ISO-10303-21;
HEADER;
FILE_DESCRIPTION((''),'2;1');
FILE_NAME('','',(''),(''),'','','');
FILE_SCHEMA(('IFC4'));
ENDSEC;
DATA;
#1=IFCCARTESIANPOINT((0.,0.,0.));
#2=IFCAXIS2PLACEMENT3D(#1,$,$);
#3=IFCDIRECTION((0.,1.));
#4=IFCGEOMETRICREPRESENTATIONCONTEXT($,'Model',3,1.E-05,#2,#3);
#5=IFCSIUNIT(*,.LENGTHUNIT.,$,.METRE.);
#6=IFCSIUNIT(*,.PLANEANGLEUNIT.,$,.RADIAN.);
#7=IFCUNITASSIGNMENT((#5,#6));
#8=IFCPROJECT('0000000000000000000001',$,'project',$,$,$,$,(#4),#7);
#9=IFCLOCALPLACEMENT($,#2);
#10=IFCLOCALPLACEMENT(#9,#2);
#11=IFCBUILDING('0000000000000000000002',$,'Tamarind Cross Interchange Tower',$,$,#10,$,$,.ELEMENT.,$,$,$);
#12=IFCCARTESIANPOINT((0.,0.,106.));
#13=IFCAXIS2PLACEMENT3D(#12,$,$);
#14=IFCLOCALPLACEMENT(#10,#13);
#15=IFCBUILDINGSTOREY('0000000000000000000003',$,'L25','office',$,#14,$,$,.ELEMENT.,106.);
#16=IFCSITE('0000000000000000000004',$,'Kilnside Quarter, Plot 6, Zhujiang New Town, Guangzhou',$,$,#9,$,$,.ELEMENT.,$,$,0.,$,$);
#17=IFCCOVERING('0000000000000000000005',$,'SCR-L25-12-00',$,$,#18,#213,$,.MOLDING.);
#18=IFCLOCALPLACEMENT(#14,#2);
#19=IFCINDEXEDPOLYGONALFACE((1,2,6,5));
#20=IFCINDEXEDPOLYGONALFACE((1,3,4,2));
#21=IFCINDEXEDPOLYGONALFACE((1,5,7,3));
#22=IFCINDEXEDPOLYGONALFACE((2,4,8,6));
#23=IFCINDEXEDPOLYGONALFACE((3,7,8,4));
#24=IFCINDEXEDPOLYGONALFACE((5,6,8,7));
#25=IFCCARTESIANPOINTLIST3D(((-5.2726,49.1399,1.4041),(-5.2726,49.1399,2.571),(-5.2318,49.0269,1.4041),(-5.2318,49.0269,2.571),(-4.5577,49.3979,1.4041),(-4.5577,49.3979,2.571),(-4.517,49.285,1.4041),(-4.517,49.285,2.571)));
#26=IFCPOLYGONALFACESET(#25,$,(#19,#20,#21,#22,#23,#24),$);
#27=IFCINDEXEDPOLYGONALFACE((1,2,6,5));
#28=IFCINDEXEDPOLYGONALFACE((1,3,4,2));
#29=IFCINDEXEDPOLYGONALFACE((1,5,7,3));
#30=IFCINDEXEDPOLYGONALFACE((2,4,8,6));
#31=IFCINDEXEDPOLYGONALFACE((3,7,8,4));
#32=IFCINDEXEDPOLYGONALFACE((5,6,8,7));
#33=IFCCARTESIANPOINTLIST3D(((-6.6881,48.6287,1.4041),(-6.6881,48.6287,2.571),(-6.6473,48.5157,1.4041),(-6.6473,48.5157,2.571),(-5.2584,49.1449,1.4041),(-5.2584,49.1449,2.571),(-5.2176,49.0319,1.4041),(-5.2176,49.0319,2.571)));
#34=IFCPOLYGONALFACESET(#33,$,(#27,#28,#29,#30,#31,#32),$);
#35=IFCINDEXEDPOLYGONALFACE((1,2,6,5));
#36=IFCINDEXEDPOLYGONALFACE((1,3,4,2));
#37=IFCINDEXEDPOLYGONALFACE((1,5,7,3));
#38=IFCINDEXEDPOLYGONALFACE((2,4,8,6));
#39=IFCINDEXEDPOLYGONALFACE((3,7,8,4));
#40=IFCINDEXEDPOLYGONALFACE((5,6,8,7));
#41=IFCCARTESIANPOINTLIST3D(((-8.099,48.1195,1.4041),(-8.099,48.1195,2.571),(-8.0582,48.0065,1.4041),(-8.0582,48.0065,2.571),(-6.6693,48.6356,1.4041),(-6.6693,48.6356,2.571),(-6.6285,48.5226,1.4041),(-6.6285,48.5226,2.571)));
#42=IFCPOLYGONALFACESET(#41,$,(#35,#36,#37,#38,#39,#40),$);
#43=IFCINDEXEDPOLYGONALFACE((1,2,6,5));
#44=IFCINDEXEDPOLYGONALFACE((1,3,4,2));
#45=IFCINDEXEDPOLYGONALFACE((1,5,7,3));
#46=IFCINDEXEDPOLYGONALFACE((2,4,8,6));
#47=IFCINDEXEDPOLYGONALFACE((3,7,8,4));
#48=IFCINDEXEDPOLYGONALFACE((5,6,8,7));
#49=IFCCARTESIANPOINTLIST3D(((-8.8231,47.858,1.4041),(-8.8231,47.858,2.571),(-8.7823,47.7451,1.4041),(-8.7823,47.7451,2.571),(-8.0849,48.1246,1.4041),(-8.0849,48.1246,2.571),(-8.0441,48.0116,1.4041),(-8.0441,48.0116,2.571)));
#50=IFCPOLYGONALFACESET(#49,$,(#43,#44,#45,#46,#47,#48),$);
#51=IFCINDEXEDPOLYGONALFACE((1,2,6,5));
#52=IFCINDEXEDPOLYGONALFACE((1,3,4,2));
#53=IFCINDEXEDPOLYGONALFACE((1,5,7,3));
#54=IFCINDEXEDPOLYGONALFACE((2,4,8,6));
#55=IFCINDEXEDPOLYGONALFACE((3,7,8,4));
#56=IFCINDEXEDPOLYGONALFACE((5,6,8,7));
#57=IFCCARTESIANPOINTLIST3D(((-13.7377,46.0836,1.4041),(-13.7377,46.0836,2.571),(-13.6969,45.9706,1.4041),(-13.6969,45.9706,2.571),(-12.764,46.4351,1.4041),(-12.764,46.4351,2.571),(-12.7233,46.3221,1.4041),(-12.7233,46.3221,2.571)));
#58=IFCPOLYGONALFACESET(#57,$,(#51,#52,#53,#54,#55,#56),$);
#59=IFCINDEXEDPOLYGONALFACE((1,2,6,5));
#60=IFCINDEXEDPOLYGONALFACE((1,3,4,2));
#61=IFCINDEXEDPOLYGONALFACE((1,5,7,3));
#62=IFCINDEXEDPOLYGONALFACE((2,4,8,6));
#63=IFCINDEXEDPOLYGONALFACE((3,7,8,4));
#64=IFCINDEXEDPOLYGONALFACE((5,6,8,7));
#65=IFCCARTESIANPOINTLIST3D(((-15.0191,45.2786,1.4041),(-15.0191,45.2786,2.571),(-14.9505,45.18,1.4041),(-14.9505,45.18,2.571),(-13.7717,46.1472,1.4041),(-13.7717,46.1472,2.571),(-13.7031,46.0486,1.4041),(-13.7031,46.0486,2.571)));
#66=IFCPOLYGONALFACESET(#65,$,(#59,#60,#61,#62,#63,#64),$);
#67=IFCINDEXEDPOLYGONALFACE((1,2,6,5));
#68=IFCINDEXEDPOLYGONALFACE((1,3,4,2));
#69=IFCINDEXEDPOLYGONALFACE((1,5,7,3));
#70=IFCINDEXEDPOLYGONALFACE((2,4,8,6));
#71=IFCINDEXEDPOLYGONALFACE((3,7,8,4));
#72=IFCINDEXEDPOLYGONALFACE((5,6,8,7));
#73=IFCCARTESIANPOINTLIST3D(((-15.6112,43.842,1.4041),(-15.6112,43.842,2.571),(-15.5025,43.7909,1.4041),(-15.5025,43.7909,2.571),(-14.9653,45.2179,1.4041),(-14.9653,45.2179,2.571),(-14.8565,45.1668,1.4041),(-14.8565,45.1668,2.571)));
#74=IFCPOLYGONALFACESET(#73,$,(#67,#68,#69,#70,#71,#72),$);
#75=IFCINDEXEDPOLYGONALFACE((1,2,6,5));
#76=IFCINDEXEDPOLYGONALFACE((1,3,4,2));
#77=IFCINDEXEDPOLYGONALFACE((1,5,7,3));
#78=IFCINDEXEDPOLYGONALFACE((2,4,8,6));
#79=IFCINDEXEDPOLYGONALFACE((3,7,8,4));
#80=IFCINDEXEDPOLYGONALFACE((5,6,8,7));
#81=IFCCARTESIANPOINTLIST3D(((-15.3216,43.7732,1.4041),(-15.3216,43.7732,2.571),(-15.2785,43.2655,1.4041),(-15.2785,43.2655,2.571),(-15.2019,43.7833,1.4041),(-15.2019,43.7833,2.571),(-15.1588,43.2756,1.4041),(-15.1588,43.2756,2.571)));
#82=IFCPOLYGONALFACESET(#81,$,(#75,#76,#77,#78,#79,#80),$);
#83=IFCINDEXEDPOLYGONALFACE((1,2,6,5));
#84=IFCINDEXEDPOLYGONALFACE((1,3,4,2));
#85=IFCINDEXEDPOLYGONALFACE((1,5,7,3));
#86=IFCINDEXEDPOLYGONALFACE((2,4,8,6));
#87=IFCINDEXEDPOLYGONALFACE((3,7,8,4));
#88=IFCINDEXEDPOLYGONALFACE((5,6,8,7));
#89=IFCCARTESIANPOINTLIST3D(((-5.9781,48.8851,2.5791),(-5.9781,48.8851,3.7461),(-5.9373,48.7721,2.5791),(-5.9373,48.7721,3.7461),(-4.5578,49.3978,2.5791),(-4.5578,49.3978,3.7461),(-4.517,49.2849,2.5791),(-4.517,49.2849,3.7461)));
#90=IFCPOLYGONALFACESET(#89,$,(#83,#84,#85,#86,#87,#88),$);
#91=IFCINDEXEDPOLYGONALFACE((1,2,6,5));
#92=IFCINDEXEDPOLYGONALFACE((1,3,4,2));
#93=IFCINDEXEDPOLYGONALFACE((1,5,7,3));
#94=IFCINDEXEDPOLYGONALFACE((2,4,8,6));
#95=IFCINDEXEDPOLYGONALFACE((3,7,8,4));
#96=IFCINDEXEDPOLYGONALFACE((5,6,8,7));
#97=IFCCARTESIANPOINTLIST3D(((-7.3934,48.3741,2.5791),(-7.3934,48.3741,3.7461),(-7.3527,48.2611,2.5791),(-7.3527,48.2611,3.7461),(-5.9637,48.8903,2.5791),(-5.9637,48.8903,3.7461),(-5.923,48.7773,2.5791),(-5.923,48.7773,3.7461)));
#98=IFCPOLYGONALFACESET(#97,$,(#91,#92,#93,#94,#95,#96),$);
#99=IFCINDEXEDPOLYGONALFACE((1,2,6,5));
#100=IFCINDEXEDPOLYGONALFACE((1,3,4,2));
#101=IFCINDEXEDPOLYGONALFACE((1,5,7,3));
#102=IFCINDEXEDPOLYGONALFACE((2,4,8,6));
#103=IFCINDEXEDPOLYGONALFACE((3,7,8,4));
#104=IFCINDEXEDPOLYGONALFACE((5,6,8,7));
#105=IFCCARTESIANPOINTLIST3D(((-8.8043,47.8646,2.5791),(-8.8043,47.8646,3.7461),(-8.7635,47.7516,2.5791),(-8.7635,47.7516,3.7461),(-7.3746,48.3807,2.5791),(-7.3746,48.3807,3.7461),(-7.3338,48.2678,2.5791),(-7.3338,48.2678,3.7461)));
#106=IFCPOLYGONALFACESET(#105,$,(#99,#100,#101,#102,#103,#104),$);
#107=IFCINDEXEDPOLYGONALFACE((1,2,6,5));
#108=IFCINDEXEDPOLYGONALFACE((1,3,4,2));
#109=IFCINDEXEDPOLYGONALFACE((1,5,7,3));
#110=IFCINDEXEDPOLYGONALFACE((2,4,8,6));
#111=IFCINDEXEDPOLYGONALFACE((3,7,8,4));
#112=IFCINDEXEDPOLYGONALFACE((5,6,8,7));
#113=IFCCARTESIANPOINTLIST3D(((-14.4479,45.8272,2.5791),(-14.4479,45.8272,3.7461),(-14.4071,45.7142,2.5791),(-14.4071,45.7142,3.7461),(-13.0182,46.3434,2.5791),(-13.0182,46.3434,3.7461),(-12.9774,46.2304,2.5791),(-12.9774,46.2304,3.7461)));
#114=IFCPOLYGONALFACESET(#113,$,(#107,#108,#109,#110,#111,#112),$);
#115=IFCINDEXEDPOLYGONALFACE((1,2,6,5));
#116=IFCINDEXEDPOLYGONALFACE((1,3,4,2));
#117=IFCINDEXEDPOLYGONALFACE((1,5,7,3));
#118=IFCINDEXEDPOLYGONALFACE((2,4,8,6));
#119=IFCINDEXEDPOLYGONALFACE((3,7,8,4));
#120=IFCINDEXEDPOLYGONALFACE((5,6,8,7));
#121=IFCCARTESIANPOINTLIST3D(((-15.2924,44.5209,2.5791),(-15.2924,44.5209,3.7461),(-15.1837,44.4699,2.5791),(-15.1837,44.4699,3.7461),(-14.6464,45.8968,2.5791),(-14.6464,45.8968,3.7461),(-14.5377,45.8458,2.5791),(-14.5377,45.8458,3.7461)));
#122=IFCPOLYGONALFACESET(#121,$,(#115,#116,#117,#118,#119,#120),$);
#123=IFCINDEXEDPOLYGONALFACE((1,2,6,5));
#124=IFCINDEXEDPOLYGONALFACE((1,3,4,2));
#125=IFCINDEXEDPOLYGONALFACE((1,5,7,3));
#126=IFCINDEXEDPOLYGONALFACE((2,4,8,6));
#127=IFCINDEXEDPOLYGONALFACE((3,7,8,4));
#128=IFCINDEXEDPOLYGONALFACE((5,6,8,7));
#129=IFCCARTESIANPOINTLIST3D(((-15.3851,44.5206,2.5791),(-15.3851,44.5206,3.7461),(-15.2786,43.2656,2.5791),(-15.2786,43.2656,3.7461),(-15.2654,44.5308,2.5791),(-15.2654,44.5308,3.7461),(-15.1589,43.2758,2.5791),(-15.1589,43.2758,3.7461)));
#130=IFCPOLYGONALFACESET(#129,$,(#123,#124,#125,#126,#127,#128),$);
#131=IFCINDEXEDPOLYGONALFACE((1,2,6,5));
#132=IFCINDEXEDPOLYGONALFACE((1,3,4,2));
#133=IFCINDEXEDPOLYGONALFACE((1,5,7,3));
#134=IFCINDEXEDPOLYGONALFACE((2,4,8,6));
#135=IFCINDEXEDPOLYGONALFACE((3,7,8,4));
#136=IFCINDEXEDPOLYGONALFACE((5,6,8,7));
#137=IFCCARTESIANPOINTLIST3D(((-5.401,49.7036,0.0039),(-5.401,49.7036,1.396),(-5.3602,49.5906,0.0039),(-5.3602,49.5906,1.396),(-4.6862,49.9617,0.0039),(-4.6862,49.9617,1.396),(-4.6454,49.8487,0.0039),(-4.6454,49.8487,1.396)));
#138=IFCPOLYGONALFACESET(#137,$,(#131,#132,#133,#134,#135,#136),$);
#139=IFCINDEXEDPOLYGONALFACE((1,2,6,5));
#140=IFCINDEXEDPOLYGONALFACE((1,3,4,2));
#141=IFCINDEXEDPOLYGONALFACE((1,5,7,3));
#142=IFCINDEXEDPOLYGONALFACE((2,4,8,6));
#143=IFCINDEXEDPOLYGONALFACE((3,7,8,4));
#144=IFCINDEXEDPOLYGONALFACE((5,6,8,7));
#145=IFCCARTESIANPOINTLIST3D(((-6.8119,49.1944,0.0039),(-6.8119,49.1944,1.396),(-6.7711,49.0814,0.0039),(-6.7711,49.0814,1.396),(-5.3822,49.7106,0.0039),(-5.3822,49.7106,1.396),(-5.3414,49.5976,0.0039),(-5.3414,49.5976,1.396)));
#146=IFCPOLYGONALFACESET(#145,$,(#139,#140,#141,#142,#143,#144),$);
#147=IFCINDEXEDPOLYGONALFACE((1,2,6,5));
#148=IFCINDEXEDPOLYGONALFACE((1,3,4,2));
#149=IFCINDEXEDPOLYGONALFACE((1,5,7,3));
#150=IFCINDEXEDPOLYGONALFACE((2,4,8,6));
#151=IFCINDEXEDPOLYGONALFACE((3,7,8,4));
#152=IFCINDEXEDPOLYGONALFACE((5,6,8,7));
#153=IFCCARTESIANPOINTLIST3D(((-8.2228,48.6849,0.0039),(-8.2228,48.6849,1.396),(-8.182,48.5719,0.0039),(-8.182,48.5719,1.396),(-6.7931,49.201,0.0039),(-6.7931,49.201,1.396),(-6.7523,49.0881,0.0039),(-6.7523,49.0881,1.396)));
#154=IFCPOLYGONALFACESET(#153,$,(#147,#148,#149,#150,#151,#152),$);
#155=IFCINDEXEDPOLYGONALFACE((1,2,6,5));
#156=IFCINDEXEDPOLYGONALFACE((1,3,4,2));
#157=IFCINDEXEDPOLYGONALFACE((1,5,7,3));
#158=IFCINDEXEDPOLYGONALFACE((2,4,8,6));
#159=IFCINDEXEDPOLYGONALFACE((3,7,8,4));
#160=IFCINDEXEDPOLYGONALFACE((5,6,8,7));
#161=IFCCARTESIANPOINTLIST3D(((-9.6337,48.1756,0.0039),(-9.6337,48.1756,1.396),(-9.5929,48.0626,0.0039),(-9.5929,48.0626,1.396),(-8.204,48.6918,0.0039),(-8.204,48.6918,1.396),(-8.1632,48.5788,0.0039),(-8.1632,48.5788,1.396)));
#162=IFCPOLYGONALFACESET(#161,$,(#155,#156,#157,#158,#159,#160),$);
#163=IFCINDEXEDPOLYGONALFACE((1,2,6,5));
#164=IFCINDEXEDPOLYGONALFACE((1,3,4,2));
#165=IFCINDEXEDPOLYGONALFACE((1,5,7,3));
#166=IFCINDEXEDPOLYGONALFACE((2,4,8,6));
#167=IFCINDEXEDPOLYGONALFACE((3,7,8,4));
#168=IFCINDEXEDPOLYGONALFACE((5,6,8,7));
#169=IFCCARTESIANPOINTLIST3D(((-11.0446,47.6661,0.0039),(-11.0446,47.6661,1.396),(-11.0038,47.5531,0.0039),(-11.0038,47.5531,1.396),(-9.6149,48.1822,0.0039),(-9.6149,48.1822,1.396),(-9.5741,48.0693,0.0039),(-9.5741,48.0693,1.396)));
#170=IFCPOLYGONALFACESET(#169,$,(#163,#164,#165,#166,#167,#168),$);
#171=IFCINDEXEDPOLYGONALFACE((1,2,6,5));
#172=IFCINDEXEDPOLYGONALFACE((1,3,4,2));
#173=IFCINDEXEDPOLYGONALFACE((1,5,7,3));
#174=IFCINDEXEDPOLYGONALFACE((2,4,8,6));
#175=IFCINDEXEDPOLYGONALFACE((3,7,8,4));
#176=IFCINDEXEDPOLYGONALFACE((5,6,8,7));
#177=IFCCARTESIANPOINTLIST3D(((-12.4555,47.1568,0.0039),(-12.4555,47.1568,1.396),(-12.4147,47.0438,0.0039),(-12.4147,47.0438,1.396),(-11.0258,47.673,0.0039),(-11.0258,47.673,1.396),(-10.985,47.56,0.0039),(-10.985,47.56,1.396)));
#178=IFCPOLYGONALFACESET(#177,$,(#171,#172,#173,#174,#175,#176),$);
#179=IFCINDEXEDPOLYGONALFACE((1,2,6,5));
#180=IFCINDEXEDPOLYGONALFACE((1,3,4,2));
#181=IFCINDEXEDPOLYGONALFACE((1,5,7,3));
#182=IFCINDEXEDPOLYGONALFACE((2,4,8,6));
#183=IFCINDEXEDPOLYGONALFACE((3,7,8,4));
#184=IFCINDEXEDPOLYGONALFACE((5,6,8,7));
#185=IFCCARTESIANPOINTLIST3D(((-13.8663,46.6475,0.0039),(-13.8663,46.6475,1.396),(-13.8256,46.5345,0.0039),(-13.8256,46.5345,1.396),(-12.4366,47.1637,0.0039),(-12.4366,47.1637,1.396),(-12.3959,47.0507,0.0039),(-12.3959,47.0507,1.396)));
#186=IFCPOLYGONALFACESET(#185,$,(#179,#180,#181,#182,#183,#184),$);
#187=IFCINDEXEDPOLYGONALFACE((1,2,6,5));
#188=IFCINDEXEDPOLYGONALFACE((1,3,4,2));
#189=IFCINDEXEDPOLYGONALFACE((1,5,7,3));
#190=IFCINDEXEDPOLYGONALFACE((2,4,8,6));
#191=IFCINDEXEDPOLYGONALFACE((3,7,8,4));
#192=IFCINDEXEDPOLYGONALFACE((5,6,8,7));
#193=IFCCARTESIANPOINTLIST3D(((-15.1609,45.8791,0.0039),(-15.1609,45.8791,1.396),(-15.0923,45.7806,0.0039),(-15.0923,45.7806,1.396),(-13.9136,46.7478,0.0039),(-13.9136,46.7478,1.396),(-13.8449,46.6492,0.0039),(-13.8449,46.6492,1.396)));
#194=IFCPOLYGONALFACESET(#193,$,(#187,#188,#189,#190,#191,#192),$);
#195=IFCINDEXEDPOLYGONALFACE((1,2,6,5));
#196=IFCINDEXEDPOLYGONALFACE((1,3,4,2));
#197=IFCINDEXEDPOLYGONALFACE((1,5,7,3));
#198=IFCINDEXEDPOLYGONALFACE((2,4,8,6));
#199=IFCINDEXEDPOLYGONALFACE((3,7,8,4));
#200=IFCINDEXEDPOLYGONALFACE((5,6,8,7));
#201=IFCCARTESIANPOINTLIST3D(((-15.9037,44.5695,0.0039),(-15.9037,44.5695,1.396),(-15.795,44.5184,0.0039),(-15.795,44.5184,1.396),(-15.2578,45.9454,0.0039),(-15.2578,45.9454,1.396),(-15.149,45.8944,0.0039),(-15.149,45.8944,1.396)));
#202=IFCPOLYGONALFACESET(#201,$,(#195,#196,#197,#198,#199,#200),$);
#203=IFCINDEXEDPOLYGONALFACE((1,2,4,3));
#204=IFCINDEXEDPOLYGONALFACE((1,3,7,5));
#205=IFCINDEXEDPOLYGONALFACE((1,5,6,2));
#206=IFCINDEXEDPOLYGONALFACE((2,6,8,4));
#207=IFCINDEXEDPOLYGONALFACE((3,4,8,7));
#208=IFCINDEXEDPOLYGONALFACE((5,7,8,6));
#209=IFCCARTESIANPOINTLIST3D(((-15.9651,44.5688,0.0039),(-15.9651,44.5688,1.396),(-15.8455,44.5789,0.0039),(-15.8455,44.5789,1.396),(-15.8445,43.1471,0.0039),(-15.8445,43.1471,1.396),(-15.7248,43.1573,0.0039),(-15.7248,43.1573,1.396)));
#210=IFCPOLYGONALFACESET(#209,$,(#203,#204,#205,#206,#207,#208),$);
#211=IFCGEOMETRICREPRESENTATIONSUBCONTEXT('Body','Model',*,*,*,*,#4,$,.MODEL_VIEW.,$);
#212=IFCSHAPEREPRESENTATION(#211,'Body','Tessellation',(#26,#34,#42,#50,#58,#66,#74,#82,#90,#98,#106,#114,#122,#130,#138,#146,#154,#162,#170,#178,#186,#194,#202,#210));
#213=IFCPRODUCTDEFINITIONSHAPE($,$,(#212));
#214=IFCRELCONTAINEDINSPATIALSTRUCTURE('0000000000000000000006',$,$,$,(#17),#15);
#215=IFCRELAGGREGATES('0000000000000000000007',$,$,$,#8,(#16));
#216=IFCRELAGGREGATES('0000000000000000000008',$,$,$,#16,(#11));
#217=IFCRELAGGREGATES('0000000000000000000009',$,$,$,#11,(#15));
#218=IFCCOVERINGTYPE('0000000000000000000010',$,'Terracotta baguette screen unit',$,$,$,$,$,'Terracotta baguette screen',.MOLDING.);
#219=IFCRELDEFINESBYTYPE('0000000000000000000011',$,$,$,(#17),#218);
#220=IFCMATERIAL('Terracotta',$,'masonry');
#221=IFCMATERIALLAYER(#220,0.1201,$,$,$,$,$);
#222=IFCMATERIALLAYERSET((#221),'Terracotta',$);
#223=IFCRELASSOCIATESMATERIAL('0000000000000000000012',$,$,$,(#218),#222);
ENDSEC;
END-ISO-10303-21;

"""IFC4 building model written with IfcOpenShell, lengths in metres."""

from ifc_helpers import new_model, si_unit, direction, frame, origin, origin_2d, place, context, subcontext, project, spatial, rectangle, extrude, material, layer, layer_set, type_object, element, save


model = new_model("IFC4")

# Units and contexts
model_context = context("Model", 3, precision=1e-05, world=origin(), true_north=direction((0.0, 1.0)))
body_context = subcontext(model_context, "Body", "Model", "MODEL_VIEW")
ifc_project = project(units=[si_unit("LENGTHUNIT", "METRE"), si_unit("PLANEANGLEUNIT", "RADIAN")], contexts=[model_context])

# Site, building, storey
site_placement = place(None, origin())
site = spatial("IfcSite", under=ifc_project, at=site_placement, Name="Kilnside Quarter, Plot 6, Zhujiang New Town, Guangzhou", CompositionType="ELEMENT", RefElevation=0.0)
building_placement = place(site_placement, origin())
building = spatial("IfcBuilding", under=site, at=building_placement, Name="Tamarind Cross Interchange Tower", CompositionType="ELEMENT")
storey_placement = place(building_placement, frame((0.0, 0.0, 106.0)))
storey = spatial("IfcBuildingStorey", under=building, at=storey_placement, Name="L25", Description="office", CompositionType="ELEMENT", Elevation=106.0)

# Covering
ifc_material_1 = material(Name="Terracotta", Category="masonry")
ifc_layer_1 = layer(ifc_material_1, 0.1201)
ifc_layer_set_1 = layer_set([ifc_layer_1], Name="Terracotta")
covering_type = type_object("IfcCoveringType", Name="Terracotta baguette screen unit", ElementType="Terracotta baguette screen", PredefinedType="MOLDING", material=ifc_layer_set_1)
covering_1_placement = place(storey_placement, origin())
element("IfcCovering", 1, at=covering_1_placement, inside=storey, type_object=covering_type, Name="SCR-L25-12-00", PredefinedType="MOLDING", context=body_context, shape_type="SweptSolid", body=[
    extrude(rectangle(XDim=0.76, YDim=0.1201, at=origin_2d()), frame((-4.8948, 49.2124, 1.4041), z_axis=(0.0, 0.0, 1.0), x_axis=(-0.940578, -0.339579, 0.0)), (0.0, 0.0, 1.0), 1.167),
    extrude(rectangle(XDim=1.52, YDim=0.1201, at=origin_2d()), frame((-5.9529, 48.8303, 1.4041), z_axis=(0.0, 0.0, 1.0), x_axis=(-0.940578, -0.339579, 0.0)), (0.0, 0.0, 1.0), 1.167),
    extrude(rectangle(XDim=1.52, YDim=0.1201, at=origin_2d()), frame((-7.3638, 48.321, 1.4041), z_axis=(0.0, 0.0, 1.0), x_axis=(-0.940578, -0.339579, 0.0)), (0.0, 0.0, 1.0), 1.167),
    extrude(rectangle(XDim=0.7849, YDim=0.1201, at=origin_2d()), frame((-8.4336, 47.9348, 1.4041), z_axis=(0.0, 0.0, 1.0), x_axis=(-0.940578, -0.339579, 0.0)), (0.0, 0.0, 1.0), 1.167),
    extrude(rectangle(XDim=1.0352, YDim=0.1201, at=origin_2d()), frame((-13.2305, 46.2029, 1.4041), z_axis=(0.0, 0.0, 1.0), x_axis=(-0.940578, -0.339579, 0.0)), (0.0, 0.0, 1.0), 1.167),
    extrude(rectangle(XDim=1.52, YDim=0.1201, at=origin_2d()), frame((-14.3611, 45.6636, 1.4041), z_axis=(0.0, 0.0, 1.0), x_axis=(-0.820639, -0.571447, 0.0)), (0.0, 0.0, 1.0), 1.167),
    extrude(rectangle(XDim=1.52, YDim=0.1201, at=origin_2d()), frame((-15.2339, 44.5044, 1.4041), z_axis=(0.0, 0.0, 1.0), x_axis=(-0.424971, -0.905207, 0.0)), (0.0, 0.0, 1.0), 1.167),
    extrude(rectangle(XDim=0.5095, YDim=0.1201, at=origin_2d()), frame((-15.2402, 43.5244, 1.4041), z_axis=(0.0, 0.0, 1.0), x_axis=(0.084568, -0.996418, 0.0)), (0.0, 0.0, 1.0), 1.167),
    extrude(rectangle(XDim=1.51, YDim=0.1201, at=origin_2d()), frame((-5.2476, 49.085, 2.5791), z_axis=(0.0, 0.0, 1.0), x_axis=(-0.940578, -0.339579, 0.0)), (0.0, 0.0, 1.0), 1.167),
    extrude(rectangle(XDim=1.52, YDim=0.1201, at=origin_2d()), frame((-6.6582, 48.5757, 2.5791), z_axis=(0.0, 0.0, 1.0), x_axis=(-0.940578, -0.339579, 0.0)), (0.0, 0.0, 1.0), 1.167),
    extrude(rectangle(XDim=1.52, YDim=0.1201, at=origin_2d()), frame((-8.0691, 48.0662, 2.5791), z_axis=(0.0, 0.0, 1.0), x_axis=(-0.940578, -0.339579, 0.0)), (0.0, 0.0, 1.0), 1.167),
    extrude(rectangle(XDim=1.52, YDim=0.1201, at=origin_2d()), frame((-13.7126, 46.0288, 2.5791), z_axis=(0.0, 0.0, 1.0), x_axis=(-0.940578, -0.339579, 0.0)), (0.0, 0.0, 1.0), 1.167),
    extrude(rectangle(XDim=1.52, YDim=0.1201, at=origin_2d()), frame((-14.915, 45.1833, 2.5791), z_axis=(0.0, 0.0, 1.0), x_axis=(-0.424971, -0.905207, 0.0)), (0.0, 0.0, 1.0), 1.167),
    extrude(rectangle(XDim=1.2595, YDim=0.1201, at=origin_2d()), frame((-15.272, 43.8982, 2.5791), z_axis=(0.0, 0.0, 1.0), x_axis=(0.084568, -0.996418, 0.0)), (0.0, 0.0, 1.0), 1.167),
    extrude(rectangle(XDim=0.76, YDim=0.1201, at=origin_2d()), frame((-5.0232, 49.7761, 0.0039), z_axis=(0.0, 0.0, 1.0), x_axis=(-0.940578, -0.339579, 0.0)), (0.0, 0.0, 1.0), 1.3921),
    extrude(rectangle(XDim=1.52, YDim=0.1201, at=origin_2d()), frame((-6.0767, 49.396, 0.0039), z_axis=(0.0, 0.0, 1.0), x_axis=(-0.940578, -0.339579, 0.0)), (0.0, 0.0, 1.0), 1.3921),
    extrude(rectangle(XDim=1.52, YDim=0.1201, at=origin_2d()), frame((-7.4875, 48.8865, 0.0039), z_axis=(0.0, 0.0, 1.0), x_axis=(-0.940578, -0.339579, 0.0)), (0.0, 0.0, 1.0), 1.3921),
    extrude(rectangle(XDim=1.52, YDim=0.1201, at=origin_2d()), frame((-8.8984, 48.3772, 0.0039), z_axis=(0.0, 0.0, 1.0), x_axis=(-0.940578, -0.339579, 0.0)), (0.0, 0.0, 1.0), 1.3921),
    extrude(rectangle(XDim=1.52, YDim=0.1201, at=origin_2d()), frame((-10.3093, 47.8677, 0.0039), z_axis=(0.0, 0.0, 1.0), x_axis=(-0.940578, -0.339579, 0.0)), (0.0, 0.0, 1.0), 1.3921),
    extrude(rectangle(XDim=1.52, YDim=0.1201, at=origin_2d()), frame((-11.7202, 47.3584, 0.0039), z_axis=(0.0, 0.0, 1.0), x_axis=(-0.940578, -0.339579, 0.0)), (0.0, 0.0, 1.0), 1.3921),
    extrude(rectangle(XDim=1.52, YDim=0.1201, at=origin_2d()), frame((-13.1311, 46.8491, 0.0039), z_axis=(0.0, 0.0, 1.0), x_axis=(-0.940578, -0.339579, 0.0)), (0.0, 0.0, 1.0), 1.3921),
    extrude(rectangle(XDim=1.52, YDim=0.1201, at=origin_2d()), frame((-14.5029, 46.2642, 0.0039), z_axis=(0.0, 0.0, 1.0), x_axis=(-0.820639, -0.571447, 0.0)), (0.0, 0.0, 1.0), 1.3921),
    extrude(rectangle(XDim=1.52, YDim=0.1201, at=origin_2d()), frame((-15.5264, 45.2319, 0.0039), z_axis=(0.0, 0.0, 1.0), x_axis=(-0.424971, -0.905207, 0.0)), (0.0, 0.0, 1.0), 1.3921),
    extrude(rectangle(XDim=1.4268, YDim=0.1201, at=origin_2d()), frame((-15.845, 43.863, 0.0039), z_axis=(0.0, 0.0, 1.0), x_axis=(0.084568, -0.996418, 0.0)), (0.0, 0.0, 1.0), 1.3921),
])

save(model, "model.ifc")
